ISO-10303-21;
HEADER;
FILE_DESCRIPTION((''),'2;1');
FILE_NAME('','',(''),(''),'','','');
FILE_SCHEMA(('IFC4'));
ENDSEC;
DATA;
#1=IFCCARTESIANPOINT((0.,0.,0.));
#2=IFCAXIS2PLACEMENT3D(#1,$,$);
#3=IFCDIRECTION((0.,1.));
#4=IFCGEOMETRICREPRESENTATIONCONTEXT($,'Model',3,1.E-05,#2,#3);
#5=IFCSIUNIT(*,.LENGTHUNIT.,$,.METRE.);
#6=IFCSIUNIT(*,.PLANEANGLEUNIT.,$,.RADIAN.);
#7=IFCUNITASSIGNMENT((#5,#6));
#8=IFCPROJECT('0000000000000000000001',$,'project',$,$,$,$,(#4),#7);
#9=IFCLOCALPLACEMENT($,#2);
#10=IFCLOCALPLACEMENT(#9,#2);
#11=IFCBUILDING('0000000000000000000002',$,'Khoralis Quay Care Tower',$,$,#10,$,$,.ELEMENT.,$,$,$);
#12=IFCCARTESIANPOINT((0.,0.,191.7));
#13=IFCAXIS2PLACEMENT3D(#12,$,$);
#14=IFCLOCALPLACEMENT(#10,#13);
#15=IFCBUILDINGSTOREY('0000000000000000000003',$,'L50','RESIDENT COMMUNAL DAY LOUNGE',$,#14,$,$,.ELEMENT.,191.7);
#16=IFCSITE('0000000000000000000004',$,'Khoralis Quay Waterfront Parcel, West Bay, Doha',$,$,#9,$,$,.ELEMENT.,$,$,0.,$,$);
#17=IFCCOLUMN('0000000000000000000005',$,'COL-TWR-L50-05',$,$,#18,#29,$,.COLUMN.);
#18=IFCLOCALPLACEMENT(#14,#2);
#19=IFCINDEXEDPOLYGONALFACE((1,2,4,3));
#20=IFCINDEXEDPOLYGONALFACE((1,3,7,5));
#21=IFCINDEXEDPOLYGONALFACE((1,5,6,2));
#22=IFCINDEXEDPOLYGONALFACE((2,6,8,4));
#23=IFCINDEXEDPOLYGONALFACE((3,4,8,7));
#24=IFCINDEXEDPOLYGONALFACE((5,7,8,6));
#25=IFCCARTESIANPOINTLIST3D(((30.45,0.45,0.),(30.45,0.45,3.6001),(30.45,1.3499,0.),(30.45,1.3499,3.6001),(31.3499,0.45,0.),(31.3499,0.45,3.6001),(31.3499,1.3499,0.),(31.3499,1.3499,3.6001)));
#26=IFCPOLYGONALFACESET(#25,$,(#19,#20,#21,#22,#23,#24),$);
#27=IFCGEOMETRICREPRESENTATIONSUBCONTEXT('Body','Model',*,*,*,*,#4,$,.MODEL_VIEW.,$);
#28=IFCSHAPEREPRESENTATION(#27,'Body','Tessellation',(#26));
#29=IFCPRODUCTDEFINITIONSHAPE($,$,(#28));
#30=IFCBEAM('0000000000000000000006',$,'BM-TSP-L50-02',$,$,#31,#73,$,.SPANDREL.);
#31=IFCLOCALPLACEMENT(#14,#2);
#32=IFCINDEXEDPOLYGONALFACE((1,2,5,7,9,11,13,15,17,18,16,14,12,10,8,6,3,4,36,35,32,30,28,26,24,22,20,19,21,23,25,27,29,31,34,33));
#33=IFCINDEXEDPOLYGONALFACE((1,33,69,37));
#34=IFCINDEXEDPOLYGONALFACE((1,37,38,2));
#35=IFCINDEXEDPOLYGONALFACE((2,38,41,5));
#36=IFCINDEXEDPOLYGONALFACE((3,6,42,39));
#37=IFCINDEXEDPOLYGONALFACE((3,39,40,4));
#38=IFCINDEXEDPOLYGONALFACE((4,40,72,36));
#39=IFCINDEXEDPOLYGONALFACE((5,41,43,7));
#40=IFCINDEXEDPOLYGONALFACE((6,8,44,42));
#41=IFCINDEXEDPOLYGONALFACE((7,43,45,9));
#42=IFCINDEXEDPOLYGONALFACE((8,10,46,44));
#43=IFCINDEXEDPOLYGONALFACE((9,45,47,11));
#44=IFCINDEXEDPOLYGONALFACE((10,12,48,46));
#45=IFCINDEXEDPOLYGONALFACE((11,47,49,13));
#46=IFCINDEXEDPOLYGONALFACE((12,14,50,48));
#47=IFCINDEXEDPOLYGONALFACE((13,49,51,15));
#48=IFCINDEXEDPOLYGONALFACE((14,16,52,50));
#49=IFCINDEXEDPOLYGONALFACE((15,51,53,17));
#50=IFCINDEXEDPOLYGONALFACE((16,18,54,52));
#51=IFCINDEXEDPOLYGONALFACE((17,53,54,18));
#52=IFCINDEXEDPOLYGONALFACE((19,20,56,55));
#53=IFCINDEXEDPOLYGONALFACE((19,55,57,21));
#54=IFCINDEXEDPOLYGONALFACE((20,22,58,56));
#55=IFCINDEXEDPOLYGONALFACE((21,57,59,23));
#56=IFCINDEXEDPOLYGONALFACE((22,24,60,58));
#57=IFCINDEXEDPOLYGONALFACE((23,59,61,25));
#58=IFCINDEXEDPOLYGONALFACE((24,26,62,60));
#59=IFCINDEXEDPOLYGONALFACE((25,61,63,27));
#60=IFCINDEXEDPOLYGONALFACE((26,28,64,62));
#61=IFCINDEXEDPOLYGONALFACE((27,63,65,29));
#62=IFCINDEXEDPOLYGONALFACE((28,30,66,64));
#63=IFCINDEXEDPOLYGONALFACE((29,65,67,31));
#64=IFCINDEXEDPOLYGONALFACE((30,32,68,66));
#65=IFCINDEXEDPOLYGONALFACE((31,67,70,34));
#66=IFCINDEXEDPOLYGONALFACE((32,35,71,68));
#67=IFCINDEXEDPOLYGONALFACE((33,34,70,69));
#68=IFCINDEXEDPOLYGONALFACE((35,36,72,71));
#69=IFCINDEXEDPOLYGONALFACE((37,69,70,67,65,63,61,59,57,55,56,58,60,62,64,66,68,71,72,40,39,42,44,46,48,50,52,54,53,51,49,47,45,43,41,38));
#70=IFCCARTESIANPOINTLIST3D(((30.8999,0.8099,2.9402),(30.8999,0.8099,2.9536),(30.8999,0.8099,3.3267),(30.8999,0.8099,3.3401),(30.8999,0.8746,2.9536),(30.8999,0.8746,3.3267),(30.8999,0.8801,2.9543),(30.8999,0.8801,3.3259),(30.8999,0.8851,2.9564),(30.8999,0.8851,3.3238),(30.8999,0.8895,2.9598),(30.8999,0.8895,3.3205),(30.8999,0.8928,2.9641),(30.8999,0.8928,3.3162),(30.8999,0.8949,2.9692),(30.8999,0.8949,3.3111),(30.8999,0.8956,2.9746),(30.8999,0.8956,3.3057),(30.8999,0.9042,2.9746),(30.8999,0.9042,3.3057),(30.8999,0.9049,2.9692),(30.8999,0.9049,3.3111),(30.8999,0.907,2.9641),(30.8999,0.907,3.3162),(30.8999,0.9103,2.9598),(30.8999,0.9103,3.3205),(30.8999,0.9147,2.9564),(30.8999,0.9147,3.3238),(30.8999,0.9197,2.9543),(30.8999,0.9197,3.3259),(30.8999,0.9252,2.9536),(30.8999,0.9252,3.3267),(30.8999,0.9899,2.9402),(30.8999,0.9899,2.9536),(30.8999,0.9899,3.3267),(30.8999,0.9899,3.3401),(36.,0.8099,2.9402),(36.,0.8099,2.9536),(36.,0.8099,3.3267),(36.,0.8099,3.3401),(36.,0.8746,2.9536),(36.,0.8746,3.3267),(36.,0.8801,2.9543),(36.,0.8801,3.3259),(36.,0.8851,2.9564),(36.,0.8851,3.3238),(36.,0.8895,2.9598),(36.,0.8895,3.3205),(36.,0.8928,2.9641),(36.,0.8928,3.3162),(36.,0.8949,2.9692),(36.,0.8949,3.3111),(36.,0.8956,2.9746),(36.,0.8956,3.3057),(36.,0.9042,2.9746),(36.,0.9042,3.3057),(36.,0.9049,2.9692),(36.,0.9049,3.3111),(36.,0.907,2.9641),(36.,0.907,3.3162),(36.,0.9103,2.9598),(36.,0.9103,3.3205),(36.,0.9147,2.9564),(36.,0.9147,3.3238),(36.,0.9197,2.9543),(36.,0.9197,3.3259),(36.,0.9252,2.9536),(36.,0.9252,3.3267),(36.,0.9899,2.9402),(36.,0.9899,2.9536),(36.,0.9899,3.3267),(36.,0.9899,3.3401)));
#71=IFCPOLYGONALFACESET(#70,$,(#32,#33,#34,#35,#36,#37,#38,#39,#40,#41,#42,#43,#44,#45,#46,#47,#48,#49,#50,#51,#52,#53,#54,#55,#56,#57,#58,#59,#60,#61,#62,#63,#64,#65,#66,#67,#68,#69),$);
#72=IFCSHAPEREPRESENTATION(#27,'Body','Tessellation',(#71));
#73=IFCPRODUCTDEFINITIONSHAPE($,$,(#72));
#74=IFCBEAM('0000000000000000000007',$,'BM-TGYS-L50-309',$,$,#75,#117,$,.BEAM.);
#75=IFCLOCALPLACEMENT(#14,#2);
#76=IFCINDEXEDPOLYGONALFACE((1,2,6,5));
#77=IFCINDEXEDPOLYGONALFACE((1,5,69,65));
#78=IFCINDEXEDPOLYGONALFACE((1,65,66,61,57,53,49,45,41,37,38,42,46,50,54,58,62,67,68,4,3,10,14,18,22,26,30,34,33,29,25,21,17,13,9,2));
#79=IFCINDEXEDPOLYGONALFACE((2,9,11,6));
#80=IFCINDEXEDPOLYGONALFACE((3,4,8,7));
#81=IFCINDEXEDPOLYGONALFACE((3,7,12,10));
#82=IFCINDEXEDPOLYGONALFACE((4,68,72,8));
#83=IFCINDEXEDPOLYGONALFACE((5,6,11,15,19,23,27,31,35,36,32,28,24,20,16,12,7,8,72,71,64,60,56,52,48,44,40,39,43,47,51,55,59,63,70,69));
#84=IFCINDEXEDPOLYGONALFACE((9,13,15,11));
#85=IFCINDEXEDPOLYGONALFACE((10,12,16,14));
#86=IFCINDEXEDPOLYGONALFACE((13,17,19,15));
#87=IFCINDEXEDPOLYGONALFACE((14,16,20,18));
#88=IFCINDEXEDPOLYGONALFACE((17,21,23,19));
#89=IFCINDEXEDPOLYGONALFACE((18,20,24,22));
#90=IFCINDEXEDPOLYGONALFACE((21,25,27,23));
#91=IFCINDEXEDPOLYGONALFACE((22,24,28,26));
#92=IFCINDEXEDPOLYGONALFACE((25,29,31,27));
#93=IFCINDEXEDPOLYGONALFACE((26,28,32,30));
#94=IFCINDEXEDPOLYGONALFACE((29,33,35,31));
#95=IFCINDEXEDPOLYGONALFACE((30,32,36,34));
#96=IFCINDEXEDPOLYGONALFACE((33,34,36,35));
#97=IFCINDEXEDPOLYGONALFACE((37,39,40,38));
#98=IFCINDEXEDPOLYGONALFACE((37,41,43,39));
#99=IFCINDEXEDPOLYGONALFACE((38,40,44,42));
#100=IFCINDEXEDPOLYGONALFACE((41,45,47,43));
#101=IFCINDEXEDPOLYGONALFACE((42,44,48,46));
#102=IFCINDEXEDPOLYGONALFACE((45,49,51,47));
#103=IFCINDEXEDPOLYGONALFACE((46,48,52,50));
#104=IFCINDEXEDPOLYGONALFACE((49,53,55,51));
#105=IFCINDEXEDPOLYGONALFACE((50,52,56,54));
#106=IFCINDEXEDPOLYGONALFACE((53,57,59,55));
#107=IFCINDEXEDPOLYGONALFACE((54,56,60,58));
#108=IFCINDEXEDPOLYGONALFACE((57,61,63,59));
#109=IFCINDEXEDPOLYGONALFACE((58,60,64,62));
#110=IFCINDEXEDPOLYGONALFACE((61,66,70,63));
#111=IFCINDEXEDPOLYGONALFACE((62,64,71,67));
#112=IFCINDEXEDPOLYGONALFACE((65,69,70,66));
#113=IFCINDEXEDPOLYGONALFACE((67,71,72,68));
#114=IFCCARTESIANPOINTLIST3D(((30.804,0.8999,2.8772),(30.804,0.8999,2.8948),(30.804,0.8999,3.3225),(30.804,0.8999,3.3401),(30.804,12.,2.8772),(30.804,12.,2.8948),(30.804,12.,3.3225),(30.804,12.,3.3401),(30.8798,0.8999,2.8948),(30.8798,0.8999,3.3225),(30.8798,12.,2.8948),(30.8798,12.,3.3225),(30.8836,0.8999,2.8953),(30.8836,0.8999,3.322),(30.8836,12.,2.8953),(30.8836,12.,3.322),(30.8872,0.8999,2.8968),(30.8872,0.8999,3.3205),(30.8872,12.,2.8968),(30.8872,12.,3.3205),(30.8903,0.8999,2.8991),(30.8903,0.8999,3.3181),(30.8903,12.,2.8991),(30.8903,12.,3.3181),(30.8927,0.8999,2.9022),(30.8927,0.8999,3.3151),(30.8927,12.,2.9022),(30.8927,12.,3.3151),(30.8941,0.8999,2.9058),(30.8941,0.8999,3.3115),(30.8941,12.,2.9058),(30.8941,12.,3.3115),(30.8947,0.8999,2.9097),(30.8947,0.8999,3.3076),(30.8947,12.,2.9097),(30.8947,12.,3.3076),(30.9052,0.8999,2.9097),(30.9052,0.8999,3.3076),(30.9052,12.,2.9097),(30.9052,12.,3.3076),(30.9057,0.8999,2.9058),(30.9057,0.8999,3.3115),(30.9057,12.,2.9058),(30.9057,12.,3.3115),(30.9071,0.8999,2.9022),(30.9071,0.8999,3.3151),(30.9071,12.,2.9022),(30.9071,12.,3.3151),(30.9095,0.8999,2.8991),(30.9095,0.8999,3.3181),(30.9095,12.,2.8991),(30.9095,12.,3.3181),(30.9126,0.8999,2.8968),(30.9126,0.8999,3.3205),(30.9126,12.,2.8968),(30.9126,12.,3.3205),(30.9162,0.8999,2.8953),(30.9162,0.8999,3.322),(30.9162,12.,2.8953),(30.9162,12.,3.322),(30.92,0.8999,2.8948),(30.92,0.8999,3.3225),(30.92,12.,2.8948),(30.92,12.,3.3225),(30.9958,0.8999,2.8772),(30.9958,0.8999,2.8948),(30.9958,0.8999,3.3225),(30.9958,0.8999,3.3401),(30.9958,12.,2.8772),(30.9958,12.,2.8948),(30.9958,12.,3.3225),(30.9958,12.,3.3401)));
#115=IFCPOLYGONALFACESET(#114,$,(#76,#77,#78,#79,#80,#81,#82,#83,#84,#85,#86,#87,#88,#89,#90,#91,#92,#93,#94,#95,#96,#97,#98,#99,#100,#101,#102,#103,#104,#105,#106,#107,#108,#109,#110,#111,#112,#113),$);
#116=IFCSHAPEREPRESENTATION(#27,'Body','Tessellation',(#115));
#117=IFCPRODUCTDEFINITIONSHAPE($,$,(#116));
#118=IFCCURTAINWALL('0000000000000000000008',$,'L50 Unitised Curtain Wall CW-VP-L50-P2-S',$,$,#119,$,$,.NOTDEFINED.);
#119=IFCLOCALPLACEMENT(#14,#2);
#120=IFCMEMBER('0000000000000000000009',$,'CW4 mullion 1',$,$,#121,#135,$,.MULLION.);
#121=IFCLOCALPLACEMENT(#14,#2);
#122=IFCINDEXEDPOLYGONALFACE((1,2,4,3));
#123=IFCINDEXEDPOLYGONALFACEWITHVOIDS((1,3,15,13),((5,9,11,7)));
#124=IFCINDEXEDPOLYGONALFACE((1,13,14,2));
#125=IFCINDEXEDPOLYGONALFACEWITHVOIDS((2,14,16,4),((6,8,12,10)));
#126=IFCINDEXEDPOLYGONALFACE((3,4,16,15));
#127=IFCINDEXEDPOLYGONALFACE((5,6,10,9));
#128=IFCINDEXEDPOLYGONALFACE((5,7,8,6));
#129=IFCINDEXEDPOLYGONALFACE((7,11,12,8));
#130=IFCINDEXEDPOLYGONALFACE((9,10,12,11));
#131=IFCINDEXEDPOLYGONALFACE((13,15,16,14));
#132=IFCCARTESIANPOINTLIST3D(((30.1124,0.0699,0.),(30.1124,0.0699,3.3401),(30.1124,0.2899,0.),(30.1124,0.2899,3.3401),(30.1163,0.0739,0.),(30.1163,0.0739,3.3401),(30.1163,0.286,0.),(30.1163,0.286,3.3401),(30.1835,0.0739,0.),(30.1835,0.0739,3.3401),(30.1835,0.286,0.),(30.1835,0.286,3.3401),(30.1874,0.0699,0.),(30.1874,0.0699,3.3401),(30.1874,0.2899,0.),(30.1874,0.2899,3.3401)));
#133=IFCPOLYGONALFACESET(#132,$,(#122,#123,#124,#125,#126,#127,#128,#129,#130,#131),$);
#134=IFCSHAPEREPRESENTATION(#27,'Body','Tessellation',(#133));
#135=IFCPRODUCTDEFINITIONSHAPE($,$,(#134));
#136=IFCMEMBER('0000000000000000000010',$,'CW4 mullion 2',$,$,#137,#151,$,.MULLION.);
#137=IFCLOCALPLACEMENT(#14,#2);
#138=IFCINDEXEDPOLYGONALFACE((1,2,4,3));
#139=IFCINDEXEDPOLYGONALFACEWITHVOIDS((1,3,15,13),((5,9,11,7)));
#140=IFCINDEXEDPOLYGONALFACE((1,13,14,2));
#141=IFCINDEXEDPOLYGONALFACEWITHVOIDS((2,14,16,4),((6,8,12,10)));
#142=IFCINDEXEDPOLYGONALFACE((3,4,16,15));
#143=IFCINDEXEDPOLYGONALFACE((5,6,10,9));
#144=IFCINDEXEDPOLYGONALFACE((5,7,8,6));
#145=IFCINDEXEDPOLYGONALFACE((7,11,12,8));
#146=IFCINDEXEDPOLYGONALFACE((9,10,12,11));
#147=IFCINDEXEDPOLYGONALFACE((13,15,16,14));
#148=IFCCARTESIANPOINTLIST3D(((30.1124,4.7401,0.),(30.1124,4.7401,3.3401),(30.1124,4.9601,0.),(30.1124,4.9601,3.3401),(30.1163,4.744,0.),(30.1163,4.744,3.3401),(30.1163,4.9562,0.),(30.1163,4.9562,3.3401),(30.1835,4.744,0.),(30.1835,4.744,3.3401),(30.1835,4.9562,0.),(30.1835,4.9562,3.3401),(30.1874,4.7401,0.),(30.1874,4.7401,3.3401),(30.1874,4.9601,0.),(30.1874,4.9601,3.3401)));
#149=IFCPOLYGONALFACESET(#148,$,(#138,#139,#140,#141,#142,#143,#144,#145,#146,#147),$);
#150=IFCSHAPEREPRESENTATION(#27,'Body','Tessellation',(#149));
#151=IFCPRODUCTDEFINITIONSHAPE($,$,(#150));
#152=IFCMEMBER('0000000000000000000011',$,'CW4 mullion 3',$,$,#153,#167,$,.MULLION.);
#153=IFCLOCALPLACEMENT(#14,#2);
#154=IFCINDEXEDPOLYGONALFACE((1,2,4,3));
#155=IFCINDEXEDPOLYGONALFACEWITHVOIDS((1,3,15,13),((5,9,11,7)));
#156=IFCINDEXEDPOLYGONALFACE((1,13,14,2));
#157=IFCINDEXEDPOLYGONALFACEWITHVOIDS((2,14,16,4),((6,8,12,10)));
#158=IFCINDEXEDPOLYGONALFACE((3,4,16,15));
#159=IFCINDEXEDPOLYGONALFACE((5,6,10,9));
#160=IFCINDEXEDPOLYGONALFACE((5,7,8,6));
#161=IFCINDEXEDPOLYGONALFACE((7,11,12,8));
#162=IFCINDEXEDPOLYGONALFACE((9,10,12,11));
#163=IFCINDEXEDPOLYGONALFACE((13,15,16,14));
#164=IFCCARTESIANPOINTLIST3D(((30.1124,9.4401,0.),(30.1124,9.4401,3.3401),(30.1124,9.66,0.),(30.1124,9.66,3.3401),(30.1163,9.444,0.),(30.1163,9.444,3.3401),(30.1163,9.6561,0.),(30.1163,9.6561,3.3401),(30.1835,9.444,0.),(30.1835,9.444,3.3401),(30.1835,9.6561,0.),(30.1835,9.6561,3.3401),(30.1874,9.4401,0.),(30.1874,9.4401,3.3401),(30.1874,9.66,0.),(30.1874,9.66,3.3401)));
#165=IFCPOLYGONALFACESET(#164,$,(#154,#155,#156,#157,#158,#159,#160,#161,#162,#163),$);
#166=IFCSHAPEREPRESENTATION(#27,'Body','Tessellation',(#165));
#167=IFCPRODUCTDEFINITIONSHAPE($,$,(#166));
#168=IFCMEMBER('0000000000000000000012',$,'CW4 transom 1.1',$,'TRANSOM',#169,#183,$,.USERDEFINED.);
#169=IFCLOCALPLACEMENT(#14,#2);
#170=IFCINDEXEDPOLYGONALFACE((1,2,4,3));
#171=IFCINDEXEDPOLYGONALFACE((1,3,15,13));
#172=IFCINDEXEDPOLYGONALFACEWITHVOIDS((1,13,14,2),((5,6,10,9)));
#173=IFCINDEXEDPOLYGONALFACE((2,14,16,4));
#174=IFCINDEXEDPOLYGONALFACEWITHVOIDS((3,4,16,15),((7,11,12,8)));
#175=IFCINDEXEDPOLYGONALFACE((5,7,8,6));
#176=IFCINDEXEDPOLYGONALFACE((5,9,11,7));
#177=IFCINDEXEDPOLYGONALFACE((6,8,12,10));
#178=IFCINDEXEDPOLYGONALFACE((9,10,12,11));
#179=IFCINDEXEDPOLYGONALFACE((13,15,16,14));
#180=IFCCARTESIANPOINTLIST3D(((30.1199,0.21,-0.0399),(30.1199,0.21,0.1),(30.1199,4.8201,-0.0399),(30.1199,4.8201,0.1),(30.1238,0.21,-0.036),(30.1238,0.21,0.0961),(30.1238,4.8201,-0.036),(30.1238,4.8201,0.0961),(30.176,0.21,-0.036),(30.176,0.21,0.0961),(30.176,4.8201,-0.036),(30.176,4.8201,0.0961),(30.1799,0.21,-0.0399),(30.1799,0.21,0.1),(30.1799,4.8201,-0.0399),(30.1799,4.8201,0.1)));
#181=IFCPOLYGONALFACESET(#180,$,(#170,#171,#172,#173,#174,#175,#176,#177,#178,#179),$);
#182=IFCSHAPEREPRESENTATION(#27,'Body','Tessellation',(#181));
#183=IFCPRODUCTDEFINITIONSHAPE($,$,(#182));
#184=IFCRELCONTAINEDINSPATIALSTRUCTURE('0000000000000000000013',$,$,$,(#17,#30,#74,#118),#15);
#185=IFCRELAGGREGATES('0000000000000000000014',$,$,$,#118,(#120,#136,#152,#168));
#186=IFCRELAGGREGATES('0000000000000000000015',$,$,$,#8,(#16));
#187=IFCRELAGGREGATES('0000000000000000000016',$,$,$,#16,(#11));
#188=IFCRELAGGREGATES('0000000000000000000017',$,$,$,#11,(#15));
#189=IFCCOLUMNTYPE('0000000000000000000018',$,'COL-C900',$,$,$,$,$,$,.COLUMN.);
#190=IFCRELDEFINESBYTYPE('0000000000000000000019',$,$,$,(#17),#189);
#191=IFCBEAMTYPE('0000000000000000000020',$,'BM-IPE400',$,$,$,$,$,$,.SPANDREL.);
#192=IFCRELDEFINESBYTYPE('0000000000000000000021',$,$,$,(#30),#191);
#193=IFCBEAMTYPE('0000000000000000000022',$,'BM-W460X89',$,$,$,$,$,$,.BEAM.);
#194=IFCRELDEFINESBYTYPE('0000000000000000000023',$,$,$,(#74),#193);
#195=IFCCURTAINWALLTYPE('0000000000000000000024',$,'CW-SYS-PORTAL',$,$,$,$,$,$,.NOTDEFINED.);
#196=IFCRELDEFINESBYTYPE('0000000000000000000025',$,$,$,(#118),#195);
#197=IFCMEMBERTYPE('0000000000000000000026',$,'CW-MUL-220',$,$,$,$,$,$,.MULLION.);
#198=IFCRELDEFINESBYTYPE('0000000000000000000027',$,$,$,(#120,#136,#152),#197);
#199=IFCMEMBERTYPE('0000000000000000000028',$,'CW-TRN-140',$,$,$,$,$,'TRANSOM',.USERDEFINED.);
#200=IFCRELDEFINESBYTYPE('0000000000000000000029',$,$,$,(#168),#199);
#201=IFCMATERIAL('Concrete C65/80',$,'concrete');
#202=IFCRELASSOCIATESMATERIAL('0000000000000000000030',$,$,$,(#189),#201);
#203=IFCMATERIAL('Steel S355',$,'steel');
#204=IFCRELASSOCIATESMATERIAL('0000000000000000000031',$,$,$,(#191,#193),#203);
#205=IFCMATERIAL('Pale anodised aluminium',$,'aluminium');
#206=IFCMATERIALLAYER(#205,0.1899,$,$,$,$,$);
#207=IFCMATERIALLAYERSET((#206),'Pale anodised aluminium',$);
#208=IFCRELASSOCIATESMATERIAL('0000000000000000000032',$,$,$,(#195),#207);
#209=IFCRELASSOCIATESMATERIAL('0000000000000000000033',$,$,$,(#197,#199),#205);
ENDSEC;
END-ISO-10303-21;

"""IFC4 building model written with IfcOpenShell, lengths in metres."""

from ifc_helpers import new_model, si_unit, direction, frame, origin, origin_2d, place, context, subcontext, project, spatial, rectangle, hollow_rectangle, i_section, extrude, source, transform, mapped, material, layer, layer_set, material_profile, profile_set, type_object, element, aggregate, save


model = new_model("IFC4")

# Units and contexts
model_context = context("Model", 3, precision=1e-05, world=origin(), true_north=direction((0.0, 1.0)))
body_context = subcontext(model_context, "Body", "Model", "MODEL_VIEW")
ifc_project = project(units=[si_unit("LENGTHUNIT", "METRE"), si_unit("PLANEANGLEUNIT", "RADIAN")], contexts=[model_context])

# Site, building, storey
site_placement = place(None, origin())
site = spatial("IfcSite", under=ifc_project, at=site_placement, Name="Khoralis Quay Waterfront Parcel, West Bay, Doha", CompositionType="ELEMENT", RefElevation=0.0)
building_placement = place(site_placement, origin())
building = spatial("IfcBuilding", under=site, at=building_placement, Name="Khoralis Quay Care Tower", CompositionType="ELEMENT")
storey_placement = place(building_placement, frame((0.0, 0.0, 191.7)))
storey = spatial("IfcBuildingStorey", under=building, at=storey_placement, Name="L50", Description="RESIDENT COMMUNAL DAY LOUNGE", CompositionType="ELEMENT", Elevation=191.7)

# Column
ifc_material_1 = material(Name="Concrete C65/80", Category="concrete")
ifc_material_profile_1 = material_profile(ifc_material_1, rectangle(XDim=0.8999, YDim=0.8999, at=origin_2d()), Name="Concrete C65/80")
ifc_profile_set_1 = profile_set([ifc_material_profile_1], Name="Concrete C65/80")
column_type = type_object("IfcColumnType", Name="COL-C900", PredefinedType="COLUMN", material=ifc_profile_set_1)
shared_shape_1 = source(origin(), body_context, "Body", "SweptSolid", [
    extrude(rectangle(XDim=0.8999, YDim=0.8999, at=origin_2d()), origin(), (0.0, 0.0, 1.0), 3.6001),
])
column_placement = place(storey_placement, frame((30.8999, 0.8999, 0.0), z_axis=(0.0, 0.0, 1.0), x_axis=(1.0, 0.0, 0.0)))
element("IfcColumn", 1, at=column_placement, inside=storey, type_object=column_type, Name="COL-TWR-L50-05", PredefinedType="COLUMN", context=body_context, shape_type="MappedRepresentation", body=[
    mapped(shared_shape_1, transform((0.0, 0.0, 0.0), scale=1.0)),
])

# Beams
ifc_material_2 = material(Name="Steel S355", Category="steel")
ifc_material_profile_2 = material_profile(ifc_material_2, i_section(OverallWidth=0.1799, OverallDepth=0.3999, WebThickness=0.0085, FlangeThickness=0.0134, FilletRadius=0.021, at=origin_2d()), Name="Steel S355")
ifc_profile_set_2 = profile_set([ifc_material_profile_2], Name="Steel S355")
beam_type_1 = type_object("IfcBeamType", Name="BM-IPE400", PredefinedType="SPANDREL", material=ifc_profile_set_2)
shared_shape_2 = source(origin(), body_context, "Body", "SweptSolid", [
    extrude(i_section(OverallWidth=0.1799, OverallDepth=0.3999, WebThickness=0.0085, FlangeThickness=0.0134, FilletRadius=0.021, at=origin_2d()), origin(), (0.0, 0.0, 1.0), 5.1001),
])
beam_1_placement = place(storey_placement, frame((30.8999, 0.8999, 3.1401), z_axis=(1.0, 0.0, 0.0), x_axis=(0.0, 1.0, 0.0)))
element("IfcBeam", 2, at=beam_1_placement, inside=storey, type_object=beam_type_1, Name="BM-TSP-L50-02", PredefinedType="SPANDREL", context=body_context, shape_type="MappedRepresentation", body=[
    mapped(shared_shape_2, transform((0.0, 0.0, 0.0), scale=1.0)),
])
ifc_material_profile_3 = material_profile(ifc_material_2, i_section(OverallWidth=0.1919, OverallDepth=0.4629, WebThickness=0.0105, FlangeThickness=0.0176, FilletRadius=0.0149, at=origin_2d()), Name="Steel S355")
ifc_profile_set_3 = profile_set([ifc_material_profile_3], Name="Steel S355")
beam_type_2 = type_object("IfcBeamType", Name="BM-W460X89", PredefinedType="BEAM", material=ifc_profile_set_3)
shared_shape_3 = source(origin(), body_context, "Body", "SweptSolid", [
    extrude(i_section(OverallWidth=0.1919, OverallDepth=0.4629, WebThickness=0.0105, FlangeThickness=0.0176, FilletRadius=0.0149, at=origin_2d()), origin(), (0.0, 0.0, 1.0), 11.1001),
])
beam_2_placement = place(storey_placement, frame((30.8999, 0.8999, 3.1086), z_axis=(0.0, 1.0, 0.0), x_axis=(-1.0, 0.0, 0.0)))
element("IfcBeam", 3, at=beam_2_placement, inside=storey, type_object=beam_type_2, Name="BM-TGYS-L50-309", PredefinedType="BEAM", context=body_context, shape_type="MappedRepresentation", body=[
    mapped(shared_shape_3, transform((0.0, 0.0, 0.0), scale=1.0)),
])

# Curtain wall, members
ifc_material_3 = material(Name="Pale anodised aluminium", Category="aluminium")
ifc_layer_1 = layer(ifc_material_3, 0.1899)
ifc_layer_set_1 = layer_set([ifc_layer_1], Name="Pale anodised aluminium")
curtain_wall_type = type_object("IfcCurtainWallType", Name="CW-SYS-PORTAL", PredefinedType="NOTDEFINED", material=ifc_layer_set_1)
curtain_wall_placement = place(storey_placement, origin())
curtain_wall = element("IfcCurtainWall", 4, at=curtain_wall_placement, inside=storey, type_object=curtain_wall_type, Name="L50 Unitised Curtain Wall CW-VP-L50-P2-S", PredefinedType="NOTDEFINED")
ifc_material_profile_4 = material_profile(ifc_material_3, hollow_rectangle(XDim=0.075, YDim=0.22, WallThickness=0.0039, at=origin_2d()), Name="Pale anodised aluminium")
ifc_profile_set_4 = profile_set([ifc_material_profile_4], Name="Pale anodised aluminium")
member_type_1 = type_object("IfcMemberType", Name="CW-MUL-220", PredefinedType="MULLION", material=ifc_profile_set_4)
shared_shape_4 = source(origin(), body_context, "Body", "SweptSolid", [
    extrude(hollow_rectangle(XDim=0.075, YDim=0.22, WallThickness=0.0039, at=origin_2d()), origin(), (0.0, 0.0, 1.0), 3.3401),
])
member_1_placement = place(storey_placement, frame((30.1499, 0.1799, 0.0), z_axis=(0.0, 0.0, 1.0), x_axis=(-1.0, 0.0, 0.0)))
member_1 = element("IfcMember", 5, at=member_1_placement, type_object=member_type_1, Name="CW4 mullion 1", PredefinedType="MULLION", context=body_context, shape_type="MappedRepresentation", body=[
    mapped(shared_shape_4, transform((0.0, 0.0, 0.0), scale=1.0)),
])
member_2_placement = place(storey_placement, frame((30.1499, 4.8501, 0.0), z_axis=(0.0, 0.0, 1.0), x_axis=(-1.0, 0.0, 0.0)))
member_2 = element("IfcMember", 6, at=member_2_placement, type_object=member_type_1, Name="CW4 mullion 2", PredefinedType="MULLION", context=body_context, shape_type="MappedRepresentation", body=[
    mapped(shared_shape_4, transform((0.0, 0.0, 0.0), scale=1.0)),
])
member_3_placement = place(storey_placement, frame((30.1499, 9.55, 0.0), z_axis=(0.0, 0.0, 1.0), x_axis=(-1.0, 0.0, 0.0)))
member_3 = element("IfcMember", 7, at=member_3_placement, type_object=member_type_1, Name="CW4 mullion 3", PredefinedType="MULLION", context=body_context, shape_type="MappedRepresentation", body=[
    mapped(shared_shape_4, transform((0.0, 0.0, 0.0), scale=1.0)),
])
ifc_material_profile_5 = material_profile(ifc_material_3, hollow_rectangle(XDim=0.0601, YDim=0.1399, WallThickness=0.0039, at=origin_2d()), Name="Pale anodised aluminium")
ifc_profile_set_5 = profile_set([ifc_material_profile_5], Name="Pale anodised aluminium")
member_type_2 = type_object("IfcMemberType", Name="CW-TRN-140", ElementType="TRANSOM", PredefinedType="USERDEFINED", material=ifc_profile_set_5)
shared_shape_5 = source(origin(), body_context, "Body", "SweptSolid", [
    extrude(hollow_rectangle(XDim=0.0601, YDim=0.1399, WallThickness=0.0039, at=origin_2d()), origin(), (0.0, 0.0, 1.0), 4.6101),
])
member_4_placement = place(storey_placement, frame((30.1499, 0.21, 0.03), z_axis=(0.0, 1.0, 0.0), x_axis=(-1.0, 0.0, 0.0)))
member_4 = element("IfcMember", 8, at=member_4_placement, type_object=member_type_2, Name="CW4 transom 1.1", ObjectType="TRANSOM", PredefinedType="USERDEFINED", context=body_context, shape_type="MappedRepresentation", body=[
    mapped(shared_shape_5, transform((0.0, 0.0, 0.0), scale=1.0)),
])
aggregate(curtain_wall, [member_1, member_2, member_3, member_4])

save(model, "model.ifc")
